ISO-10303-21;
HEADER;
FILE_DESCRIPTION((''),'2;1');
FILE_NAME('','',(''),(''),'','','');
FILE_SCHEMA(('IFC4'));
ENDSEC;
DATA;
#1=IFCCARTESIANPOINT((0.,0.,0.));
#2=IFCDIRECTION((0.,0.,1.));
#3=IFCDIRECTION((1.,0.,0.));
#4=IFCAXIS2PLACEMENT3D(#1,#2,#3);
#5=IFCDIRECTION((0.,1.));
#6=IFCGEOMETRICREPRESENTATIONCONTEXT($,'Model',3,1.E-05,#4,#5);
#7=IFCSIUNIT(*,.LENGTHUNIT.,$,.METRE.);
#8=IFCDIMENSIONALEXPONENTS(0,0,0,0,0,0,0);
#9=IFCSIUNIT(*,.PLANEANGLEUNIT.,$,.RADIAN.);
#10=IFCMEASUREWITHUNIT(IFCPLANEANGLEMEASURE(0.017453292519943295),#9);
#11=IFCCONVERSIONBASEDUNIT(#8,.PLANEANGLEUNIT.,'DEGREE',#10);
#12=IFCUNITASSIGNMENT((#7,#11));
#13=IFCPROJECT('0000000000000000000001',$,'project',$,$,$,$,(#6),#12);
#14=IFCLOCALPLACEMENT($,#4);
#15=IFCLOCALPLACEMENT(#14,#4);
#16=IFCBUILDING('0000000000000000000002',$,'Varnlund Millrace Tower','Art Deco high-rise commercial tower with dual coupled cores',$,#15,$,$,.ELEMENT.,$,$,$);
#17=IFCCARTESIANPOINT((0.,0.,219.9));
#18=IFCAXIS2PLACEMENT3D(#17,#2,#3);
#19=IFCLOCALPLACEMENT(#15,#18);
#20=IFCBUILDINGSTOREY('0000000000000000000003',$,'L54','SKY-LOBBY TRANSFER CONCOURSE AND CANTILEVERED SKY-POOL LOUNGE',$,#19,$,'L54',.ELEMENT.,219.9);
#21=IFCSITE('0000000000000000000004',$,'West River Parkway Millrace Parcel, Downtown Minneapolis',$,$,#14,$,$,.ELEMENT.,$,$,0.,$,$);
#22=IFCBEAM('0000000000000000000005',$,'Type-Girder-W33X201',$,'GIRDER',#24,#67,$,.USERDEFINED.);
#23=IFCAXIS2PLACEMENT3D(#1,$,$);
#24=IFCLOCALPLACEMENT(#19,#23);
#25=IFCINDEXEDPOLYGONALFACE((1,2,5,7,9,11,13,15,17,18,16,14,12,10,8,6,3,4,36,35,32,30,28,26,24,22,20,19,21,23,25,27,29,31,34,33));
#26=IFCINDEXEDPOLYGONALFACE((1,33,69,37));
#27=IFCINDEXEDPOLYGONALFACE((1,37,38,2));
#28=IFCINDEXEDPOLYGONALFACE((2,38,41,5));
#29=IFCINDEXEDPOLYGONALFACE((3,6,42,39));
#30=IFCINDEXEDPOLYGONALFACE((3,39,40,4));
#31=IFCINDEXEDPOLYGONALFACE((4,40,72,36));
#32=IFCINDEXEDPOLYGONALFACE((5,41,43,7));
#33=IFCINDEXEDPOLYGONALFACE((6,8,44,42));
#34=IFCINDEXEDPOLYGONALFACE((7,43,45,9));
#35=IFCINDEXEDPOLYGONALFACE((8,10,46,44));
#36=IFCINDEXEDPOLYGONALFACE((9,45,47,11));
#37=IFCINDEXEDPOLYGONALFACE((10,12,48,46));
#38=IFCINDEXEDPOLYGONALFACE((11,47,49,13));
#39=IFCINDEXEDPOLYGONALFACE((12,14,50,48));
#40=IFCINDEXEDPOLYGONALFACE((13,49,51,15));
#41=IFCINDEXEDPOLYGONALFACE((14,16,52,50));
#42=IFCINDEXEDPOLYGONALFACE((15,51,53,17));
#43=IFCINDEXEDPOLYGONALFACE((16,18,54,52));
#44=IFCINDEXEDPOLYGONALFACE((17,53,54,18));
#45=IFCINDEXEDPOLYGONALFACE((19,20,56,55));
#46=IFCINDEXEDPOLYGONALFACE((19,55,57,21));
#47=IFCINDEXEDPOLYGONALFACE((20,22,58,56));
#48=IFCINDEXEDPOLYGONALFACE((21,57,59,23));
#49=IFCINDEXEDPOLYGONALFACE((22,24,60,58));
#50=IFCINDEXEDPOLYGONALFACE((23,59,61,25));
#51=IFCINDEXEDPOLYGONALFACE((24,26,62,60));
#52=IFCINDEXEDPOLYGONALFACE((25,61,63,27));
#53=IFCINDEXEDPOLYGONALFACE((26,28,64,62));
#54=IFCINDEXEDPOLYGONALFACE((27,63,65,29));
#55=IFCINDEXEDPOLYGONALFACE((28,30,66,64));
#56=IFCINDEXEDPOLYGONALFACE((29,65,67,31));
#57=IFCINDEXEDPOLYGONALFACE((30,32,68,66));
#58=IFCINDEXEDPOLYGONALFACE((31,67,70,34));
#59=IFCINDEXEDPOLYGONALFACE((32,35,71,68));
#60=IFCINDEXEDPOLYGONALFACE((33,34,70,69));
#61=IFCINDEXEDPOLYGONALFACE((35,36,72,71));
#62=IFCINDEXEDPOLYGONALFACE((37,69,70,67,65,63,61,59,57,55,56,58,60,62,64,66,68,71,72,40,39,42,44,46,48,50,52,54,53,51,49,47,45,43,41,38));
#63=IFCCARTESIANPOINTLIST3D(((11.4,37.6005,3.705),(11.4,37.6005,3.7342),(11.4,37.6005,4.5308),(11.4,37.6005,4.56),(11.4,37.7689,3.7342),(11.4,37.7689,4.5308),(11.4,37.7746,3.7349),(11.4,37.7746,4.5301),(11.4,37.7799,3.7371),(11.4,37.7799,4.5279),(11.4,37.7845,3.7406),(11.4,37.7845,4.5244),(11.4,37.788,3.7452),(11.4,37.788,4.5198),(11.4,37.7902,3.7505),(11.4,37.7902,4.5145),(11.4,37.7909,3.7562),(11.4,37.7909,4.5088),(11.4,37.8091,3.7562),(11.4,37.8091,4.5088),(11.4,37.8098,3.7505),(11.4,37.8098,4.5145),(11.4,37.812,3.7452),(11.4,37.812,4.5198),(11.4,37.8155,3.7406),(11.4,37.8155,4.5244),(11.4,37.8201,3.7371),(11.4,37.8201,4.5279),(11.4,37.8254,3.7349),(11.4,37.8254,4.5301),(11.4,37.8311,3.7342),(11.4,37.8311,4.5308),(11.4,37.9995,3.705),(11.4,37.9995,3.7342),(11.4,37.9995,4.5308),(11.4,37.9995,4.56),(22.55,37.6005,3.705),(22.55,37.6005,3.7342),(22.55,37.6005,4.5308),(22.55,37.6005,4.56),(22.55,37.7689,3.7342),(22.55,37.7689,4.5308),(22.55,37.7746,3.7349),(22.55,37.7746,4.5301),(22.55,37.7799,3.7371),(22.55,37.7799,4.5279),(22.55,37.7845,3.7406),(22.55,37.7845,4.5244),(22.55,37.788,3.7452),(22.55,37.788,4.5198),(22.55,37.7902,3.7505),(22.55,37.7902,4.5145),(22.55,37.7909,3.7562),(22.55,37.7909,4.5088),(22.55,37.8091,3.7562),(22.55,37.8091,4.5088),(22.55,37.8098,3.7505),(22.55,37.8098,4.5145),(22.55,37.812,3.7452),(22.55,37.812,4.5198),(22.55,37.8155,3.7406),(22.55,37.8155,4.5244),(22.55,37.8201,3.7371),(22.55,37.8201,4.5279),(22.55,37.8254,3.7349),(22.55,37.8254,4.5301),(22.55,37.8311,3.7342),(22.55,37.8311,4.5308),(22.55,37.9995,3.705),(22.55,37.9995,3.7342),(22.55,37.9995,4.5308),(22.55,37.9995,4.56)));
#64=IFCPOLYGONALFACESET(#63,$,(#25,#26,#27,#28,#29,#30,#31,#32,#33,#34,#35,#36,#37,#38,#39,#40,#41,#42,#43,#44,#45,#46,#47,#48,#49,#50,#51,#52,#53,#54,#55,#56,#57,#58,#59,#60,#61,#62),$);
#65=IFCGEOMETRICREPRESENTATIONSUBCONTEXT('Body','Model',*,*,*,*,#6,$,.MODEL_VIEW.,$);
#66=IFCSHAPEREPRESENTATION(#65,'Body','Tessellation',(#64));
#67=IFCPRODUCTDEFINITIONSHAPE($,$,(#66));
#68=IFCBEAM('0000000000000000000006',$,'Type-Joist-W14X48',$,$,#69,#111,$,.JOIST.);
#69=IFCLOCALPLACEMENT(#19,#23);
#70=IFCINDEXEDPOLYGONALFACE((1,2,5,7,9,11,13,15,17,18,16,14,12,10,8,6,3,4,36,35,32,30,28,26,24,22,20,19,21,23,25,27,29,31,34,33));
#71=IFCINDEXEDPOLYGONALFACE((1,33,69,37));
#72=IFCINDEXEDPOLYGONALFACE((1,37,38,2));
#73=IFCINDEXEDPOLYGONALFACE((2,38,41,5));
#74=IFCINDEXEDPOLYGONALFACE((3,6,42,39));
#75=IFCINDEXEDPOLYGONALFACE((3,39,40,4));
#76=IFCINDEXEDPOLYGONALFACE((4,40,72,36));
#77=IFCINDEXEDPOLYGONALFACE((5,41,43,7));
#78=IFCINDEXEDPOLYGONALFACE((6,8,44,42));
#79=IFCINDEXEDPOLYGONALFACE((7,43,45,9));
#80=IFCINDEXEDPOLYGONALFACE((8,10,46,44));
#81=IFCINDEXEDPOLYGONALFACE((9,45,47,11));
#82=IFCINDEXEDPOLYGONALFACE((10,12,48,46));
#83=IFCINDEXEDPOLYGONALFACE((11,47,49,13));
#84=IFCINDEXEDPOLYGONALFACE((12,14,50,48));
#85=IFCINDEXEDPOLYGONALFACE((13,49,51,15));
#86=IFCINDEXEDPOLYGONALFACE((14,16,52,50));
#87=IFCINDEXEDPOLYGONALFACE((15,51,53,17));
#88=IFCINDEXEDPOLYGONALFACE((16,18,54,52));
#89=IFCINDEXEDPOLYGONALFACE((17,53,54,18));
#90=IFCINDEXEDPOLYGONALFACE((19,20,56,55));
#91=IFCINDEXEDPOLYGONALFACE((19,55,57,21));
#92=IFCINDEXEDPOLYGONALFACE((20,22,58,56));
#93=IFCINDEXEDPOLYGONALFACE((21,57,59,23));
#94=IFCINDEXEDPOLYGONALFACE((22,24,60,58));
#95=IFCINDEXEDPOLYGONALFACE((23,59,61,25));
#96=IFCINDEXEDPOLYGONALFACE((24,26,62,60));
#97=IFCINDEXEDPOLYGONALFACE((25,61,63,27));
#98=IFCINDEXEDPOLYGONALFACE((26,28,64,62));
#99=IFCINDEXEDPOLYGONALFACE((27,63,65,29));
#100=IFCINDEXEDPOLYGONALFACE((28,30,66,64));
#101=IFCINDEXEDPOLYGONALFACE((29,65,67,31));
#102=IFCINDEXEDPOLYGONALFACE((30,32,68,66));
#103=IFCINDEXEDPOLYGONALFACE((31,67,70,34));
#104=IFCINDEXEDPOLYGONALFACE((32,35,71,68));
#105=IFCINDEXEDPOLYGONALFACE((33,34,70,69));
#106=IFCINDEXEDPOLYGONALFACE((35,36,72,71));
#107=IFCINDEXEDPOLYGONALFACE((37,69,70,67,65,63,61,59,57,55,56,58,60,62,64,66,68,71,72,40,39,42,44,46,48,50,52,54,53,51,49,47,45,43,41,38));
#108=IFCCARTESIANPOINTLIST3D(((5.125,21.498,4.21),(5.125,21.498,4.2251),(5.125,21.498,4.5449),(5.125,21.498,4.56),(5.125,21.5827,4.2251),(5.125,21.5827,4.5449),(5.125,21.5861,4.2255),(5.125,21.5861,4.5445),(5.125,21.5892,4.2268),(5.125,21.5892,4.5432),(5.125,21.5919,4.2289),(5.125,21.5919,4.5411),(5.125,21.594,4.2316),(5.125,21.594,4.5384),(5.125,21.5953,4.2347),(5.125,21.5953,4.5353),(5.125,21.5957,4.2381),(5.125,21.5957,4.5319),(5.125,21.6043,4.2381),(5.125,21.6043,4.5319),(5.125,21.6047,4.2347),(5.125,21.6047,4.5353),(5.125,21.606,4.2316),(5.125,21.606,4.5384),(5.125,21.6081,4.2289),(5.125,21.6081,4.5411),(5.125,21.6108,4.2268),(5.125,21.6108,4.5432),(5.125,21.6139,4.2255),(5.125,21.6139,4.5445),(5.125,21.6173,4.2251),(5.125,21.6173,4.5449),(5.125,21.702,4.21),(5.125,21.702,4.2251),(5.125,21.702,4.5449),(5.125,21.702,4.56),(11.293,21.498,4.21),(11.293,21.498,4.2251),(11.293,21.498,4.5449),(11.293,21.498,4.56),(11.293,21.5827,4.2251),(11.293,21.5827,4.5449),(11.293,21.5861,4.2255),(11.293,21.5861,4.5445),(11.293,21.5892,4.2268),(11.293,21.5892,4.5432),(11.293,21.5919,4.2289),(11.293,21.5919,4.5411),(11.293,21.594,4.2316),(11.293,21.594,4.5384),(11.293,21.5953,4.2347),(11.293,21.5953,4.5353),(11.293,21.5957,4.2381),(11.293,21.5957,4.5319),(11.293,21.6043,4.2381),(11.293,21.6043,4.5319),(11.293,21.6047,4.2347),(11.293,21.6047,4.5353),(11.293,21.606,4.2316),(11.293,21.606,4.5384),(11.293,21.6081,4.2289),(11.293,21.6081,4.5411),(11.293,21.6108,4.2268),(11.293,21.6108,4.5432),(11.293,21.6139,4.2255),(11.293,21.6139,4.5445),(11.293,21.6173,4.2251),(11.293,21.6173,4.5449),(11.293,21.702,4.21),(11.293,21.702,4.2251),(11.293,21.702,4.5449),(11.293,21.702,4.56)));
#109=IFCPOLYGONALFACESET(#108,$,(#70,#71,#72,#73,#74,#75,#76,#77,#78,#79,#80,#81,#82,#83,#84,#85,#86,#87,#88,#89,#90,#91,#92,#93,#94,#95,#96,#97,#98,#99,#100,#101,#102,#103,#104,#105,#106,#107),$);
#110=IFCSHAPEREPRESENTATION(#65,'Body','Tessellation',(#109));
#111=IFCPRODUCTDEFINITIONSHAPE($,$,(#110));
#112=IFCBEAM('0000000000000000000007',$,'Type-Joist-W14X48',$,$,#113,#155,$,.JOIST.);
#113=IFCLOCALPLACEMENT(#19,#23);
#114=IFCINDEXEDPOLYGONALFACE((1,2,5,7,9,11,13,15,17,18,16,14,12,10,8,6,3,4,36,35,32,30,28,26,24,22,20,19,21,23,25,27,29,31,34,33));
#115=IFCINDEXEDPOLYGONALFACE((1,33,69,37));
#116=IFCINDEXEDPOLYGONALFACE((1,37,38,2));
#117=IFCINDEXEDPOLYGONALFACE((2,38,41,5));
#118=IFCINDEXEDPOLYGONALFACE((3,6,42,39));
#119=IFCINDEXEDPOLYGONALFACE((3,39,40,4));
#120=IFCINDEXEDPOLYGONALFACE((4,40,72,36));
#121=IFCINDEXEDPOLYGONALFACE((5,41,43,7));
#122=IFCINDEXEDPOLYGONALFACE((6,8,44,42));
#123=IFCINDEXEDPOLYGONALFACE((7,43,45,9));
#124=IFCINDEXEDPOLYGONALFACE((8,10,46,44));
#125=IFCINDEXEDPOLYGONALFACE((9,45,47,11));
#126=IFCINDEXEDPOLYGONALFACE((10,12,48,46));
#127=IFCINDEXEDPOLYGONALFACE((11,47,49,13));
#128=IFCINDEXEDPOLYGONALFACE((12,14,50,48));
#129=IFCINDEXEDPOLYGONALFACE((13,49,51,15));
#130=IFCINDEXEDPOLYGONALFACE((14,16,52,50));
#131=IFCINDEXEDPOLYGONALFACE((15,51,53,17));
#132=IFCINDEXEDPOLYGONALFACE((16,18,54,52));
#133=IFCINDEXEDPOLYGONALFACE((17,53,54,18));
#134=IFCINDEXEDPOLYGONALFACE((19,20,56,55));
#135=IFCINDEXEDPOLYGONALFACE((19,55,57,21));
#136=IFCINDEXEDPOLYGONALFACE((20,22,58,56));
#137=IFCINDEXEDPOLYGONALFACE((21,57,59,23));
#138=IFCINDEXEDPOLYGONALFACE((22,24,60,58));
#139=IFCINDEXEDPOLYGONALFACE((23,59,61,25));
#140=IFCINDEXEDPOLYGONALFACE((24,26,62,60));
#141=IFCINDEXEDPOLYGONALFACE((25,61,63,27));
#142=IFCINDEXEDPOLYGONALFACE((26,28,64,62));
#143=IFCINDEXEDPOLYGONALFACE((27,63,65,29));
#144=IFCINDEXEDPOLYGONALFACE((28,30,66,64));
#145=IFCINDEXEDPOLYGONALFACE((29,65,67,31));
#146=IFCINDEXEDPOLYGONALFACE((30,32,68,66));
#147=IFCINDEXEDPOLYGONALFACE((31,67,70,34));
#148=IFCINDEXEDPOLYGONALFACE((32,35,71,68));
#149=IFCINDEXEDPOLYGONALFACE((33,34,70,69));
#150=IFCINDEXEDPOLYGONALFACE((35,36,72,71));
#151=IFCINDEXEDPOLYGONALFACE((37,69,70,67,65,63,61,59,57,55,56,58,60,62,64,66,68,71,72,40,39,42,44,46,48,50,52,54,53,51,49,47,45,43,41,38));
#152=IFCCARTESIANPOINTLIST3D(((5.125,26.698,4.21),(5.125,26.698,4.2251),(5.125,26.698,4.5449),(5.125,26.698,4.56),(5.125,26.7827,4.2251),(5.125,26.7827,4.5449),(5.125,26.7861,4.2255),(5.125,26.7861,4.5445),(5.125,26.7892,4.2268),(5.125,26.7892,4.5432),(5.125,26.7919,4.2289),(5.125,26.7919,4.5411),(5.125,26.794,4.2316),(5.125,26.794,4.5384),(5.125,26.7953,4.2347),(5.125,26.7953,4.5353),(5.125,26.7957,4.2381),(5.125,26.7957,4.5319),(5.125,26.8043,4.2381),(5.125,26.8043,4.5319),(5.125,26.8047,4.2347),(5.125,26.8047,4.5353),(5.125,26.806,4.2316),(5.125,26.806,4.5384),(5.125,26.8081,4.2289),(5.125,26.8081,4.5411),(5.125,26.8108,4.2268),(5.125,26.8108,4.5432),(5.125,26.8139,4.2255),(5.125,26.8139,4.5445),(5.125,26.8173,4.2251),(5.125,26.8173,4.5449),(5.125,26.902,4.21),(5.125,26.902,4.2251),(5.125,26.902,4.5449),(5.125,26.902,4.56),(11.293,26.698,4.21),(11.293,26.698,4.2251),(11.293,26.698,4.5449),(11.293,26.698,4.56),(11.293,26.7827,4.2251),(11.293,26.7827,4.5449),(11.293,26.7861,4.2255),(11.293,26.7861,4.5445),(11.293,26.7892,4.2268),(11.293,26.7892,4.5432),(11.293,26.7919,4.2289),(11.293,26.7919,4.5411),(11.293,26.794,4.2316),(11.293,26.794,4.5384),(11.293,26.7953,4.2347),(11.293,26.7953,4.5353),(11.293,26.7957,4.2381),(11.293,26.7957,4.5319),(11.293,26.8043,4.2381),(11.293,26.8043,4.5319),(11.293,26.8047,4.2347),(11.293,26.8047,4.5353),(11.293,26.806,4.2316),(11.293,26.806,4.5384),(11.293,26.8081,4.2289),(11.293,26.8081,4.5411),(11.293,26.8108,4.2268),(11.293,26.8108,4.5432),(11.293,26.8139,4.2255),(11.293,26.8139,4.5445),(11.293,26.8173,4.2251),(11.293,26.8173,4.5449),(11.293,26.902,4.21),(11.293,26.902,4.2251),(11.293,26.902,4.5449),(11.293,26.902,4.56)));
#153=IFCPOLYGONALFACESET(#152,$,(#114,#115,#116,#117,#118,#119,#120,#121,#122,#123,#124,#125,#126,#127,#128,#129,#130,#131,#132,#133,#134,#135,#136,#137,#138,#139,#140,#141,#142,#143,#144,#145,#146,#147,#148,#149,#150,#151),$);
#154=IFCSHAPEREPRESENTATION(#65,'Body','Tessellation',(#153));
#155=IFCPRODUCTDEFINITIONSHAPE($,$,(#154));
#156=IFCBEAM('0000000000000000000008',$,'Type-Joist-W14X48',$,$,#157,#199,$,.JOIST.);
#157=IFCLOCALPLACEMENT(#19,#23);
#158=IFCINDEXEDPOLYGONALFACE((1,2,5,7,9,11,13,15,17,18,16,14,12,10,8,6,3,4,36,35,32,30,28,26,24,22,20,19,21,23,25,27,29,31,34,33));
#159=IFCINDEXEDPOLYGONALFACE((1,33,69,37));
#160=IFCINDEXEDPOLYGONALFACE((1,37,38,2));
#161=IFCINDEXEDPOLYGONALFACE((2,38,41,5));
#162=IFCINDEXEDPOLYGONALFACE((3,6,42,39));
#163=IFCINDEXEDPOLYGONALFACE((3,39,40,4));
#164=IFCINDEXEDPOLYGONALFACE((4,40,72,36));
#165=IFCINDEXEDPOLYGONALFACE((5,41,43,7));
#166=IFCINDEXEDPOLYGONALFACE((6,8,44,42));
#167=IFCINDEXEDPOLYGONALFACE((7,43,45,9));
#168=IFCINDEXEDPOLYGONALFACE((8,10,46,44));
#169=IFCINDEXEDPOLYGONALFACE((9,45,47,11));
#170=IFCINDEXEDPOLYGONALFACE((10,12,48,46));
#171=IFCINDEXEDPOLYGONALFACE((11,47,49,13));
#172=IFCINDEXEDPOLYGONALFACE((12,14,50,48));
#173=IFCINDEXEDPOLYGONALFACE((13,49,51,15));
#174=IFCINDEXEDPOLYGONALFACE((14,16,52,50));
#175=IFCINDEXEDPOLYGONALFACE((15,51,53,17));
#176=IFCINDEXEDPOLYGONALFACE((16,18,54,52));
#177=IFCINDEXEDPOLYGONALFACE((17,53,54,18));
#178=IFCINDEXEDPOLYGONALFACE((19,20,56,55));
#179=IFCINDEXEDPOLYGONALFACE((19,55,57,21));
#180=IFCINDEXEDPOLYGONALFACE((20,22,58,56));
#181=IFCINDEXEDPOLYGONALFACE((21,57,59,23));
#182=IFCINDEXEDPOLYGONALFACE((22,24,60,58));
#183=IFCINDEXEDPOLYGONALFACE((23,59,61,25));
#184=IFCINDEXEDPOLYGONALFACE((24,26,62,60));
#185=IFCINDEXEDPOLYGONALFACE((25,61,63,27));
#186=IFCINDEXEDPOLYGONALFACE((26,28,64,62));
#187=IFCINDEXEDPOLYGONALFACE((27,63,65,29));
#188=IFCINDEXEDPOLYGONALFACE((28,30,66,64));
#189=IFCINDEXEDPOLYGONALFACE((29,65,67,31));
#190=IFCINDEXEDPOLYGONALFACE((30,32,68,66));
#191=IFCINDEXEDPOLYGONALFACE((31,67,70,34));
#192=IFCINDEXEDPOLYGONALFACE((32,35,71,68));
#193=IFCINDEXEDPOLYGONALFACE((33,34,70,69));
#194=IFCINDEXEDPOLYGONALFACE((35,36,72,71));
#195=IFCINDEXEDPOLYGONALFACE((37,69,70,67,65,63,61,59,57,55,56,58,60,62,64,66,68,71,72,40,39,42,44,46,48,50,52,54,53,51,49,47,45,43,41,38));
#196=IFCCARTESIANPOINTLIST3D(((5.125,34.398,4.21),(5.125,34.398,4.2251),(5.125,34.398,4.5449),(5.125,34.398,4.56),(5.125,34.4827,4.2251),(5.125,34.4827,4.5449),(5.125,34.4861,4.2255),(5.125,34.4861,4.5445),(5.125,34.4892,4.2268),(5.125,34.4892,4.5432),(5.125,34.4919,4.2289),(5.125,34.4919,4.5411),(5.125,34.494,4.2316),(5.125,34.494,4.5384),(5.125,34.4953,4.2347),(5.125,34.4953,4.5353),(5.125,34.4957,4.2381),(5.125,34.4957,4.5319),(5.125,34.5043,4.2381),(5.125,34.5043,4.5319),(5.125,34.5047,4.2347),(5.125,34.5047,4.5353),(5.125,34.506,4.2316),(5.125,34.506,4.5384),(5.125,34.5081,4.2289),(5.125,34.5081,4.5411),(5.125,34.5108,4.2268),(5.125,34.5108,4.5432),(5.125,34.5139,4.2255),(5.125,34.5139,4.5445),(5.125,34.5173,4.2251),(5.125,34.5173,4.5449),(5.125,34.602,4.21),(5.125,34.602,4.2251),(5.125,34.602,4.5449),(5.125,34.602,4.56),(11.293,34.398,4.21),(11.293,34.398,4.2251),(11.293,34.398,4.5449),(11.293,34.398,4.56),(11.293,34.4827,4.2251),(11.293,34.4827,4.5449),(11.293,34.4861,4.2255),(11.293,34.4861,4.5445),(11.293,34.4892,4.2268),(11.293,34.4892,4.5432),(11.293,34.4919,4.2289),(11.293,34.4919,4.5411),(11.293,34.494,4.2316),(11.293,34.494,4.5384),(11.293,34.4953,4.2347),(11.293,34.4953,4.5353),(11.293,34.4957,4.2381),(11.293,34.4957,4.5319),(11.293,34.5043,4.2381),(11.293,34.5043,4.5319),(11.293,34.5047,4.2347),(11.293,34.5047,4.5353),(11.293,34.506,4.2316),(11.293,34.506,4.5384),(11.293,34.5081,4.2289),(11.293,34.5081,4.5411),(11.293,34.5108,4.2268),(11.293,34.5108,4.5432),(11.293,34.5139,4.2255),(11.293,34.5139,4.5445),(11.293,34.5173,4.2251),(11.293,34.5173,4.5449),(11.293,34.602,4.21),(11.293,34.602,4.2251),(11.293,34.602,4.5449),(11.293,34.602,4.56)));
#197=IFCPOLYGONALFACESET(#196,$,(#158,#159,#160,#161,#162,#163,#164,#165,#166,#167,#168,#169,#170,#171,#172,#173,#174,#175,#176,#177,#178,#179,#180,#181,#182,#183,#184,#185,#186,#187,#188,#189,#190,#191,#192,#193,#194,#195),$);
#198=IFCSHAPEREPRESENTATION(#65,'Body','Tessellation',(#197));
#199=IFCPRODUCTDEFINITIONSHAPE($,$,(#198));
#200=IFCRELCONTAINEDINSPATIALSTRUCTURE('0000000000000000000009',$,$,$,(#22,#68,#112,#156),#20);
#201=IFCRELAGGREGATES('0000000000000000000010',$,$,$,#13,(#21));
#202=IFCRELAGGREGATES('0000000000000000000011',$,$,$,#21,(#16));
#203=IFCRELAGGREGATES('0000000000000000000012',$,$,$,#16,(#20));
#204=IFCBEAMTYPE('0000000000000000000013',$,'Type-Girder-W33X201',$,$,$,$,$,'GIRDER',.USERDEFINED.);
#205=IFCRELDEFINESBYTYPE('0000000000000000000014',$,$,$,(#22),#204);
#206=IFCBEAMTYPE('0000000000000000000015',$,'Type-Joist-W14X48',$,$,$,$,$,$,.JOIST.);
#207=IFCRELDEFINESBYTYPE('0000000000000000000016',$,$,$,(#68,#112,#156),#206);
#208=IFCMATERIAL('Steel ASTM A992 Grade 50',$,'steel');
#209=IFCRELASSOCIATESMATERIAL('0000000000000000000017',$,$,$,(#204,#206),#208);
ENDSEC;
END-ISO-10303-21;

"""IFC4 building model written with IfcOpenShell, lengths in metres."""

from ifc_helpers import new_model, entity, si_unit, converted_unit, direction, frame, origin_with_axes, origin_2d_with_axis, place, context, subcontext, project, spatial, i_section, extrude, material, material_profile, profile_set, type_object, element, save


model = new_model("IFC4")

# Units and contexts
model_context = context("Model", 3, precision=1e-05, world=origin_with_axes(), true_north=direction((0.0, 1.0)))
body_context = subcontext(model_context, "Body", "Model", "MODEL_VIEW")
ifc_project = project(units=[si_unit("LENGTHUNIT", "METRE"), converted_unit("PLANEANGLEUNIT", "DEGREE", entity("IfcPlaneAngleMeasure", 0.017453292519943295), si_unit("PLANEANGLEUNIT", "RADIAN"), dimensions=[0, 0, 0, 0, 0, 0, 0])], contexts=[model_context])

# Site, building, storey
site_placement = place(None, origin_with_axes())
site = spatial("IfcSite", under=ifc_project, at=site_placement, Name="West River Parkway Millrace Parcel, Downtown Minneapolis", CompositionType="ELEMENT", RefElevation=0.0)
building_placement = place(site_placement, origin_with_axes())
building = spatial("IfcBuilding", under=site, at=building_placement, Name="Varnlund Millrace Tower", Description="Art Deco high-rise commercial tower with dual coupled cores", CompositionType="ELEMENT")
storey_placement = place(building_placement, frame((0.0, 0.0, 219.9), z_axis=(0.0, 0.0, 1.0), x_axis=(1.0, 0.0, 0.0)))
storey = spatial("IfcBuildingStorey", under=building, at=storey_placement, Name="L54", Description="SKY-LOBBY TRANSFER CONCOURSE AND CANTILEVERED SKY-POOL LOUNGE", LongName="L54", CompositionType="ELEMENT", Elevation=219.9)

# Beams
ifc_material_1 = material(Name="Steel ASTM A992 Grade 50", Category="steel")
ifc_material_profile_1 = material_profile(ifc_material_1, i_section(OverallWidth=0.399, OverallDepth=0.855, WebThickness=0.0182, FlangeThickness=0.0292, FilletRadius=0.022, at=origin_2d_with_axis()), Name="Steel ASTM A992 Grade 50")
ifc_profile_set_1 = profile_set([ifc_material_profile_1], Name="Steel ASTM A992 Grade 50")
beam_type_1 = type_object("IfcBeamType", Name="Type-Girder-W33X201", ElementType="GIRDER", PredefinedType="USERDEFINED", material=ifc_profile_set_1)
for number, where, z_axis, x_axis, name in (
    (1, (11.4, 37.8, 4.1325), (1.0, 0.0, 0.0), (0.0, 1.0, 0.0), "Type-Girder-W33X201"),
):
    element("IfcBeam", number, at=place(storey_placement, frame(where, z_axis=z_axis, x_axis=x_axis)), inside=storey, type_object=beam_type_1, Name=name, ObjectType="GIRDER", PredefinedType="USERDEFINED", context=body_context, shape_type="SweptSolid", body=[
        extrude(i_section(OverallWidth=0.399, OverallDepth=0.855, WebThickness=0.0182, FlangeThickness=0.0292, FilletRadius=0.022, at=origin_2d_with_axis()), origin_with_axes(), (0.0, 0.0, 1.0), 11.15),
    ])
ifc_material_profile_2 = material_profile(ifc_material_1, i_section(OverallWidth=0.204, OverallDepth=0.35, WebThickness=0.0086, FlangeThickness=0.0151, FilletRadius=0.013, at=origin_2d_with_axis()), Name="Steel ASTM A992 Grade 50")
ifc_profile_set_2 = profile_set([ifc_material_profile_2], Name="Steel ASTM A992 Grade 50")
beam_type_2 = type_object("IfcBeamType", Name="Type-Joist-W14X48", PredefinedType="JOIST", material=ifc_profile_set_2)
for number, where, z_axis, x_axis, name in (
    (2, (5.125, 21.6, 4.385), (1.0, 0.0, 0.0), (0.0, 1.0, 0.0), "Type-Joist-W14X48"),
    (3, (5.125, 26.8, 4.385), (1.0, 0.0, 0.0), (0.0, 1.0, 0.0), "Type-Joist-W14X48"),
    (4, (5.125, 34.5, 4.385), (1.0, 0.0, 0.0), (0.0, 1.0, 0.0), "Type-Joist-W14X48"),
):
    element("IfcBeam", number, at=place(storey_placement, frame(where, z_axis=z_axis, x_axis=x_axis)), inside=storey, type_object=beam_type_2, Name=name, PredefinedType="JOIST", context=body_context, shape_type="SweptSolid", body=[
        extrude(i_section(OverallWidth=0.204, OverallDepth=0.35, WebThickness=0.0086, FlangeThickness=0.0151, FilletRadius=0.013, at=origin_2d_with_axis()), origin_with_axes(), (0.0, 0.0, 1.0), 6.168),
    ])

save(model, "model.ifc")
